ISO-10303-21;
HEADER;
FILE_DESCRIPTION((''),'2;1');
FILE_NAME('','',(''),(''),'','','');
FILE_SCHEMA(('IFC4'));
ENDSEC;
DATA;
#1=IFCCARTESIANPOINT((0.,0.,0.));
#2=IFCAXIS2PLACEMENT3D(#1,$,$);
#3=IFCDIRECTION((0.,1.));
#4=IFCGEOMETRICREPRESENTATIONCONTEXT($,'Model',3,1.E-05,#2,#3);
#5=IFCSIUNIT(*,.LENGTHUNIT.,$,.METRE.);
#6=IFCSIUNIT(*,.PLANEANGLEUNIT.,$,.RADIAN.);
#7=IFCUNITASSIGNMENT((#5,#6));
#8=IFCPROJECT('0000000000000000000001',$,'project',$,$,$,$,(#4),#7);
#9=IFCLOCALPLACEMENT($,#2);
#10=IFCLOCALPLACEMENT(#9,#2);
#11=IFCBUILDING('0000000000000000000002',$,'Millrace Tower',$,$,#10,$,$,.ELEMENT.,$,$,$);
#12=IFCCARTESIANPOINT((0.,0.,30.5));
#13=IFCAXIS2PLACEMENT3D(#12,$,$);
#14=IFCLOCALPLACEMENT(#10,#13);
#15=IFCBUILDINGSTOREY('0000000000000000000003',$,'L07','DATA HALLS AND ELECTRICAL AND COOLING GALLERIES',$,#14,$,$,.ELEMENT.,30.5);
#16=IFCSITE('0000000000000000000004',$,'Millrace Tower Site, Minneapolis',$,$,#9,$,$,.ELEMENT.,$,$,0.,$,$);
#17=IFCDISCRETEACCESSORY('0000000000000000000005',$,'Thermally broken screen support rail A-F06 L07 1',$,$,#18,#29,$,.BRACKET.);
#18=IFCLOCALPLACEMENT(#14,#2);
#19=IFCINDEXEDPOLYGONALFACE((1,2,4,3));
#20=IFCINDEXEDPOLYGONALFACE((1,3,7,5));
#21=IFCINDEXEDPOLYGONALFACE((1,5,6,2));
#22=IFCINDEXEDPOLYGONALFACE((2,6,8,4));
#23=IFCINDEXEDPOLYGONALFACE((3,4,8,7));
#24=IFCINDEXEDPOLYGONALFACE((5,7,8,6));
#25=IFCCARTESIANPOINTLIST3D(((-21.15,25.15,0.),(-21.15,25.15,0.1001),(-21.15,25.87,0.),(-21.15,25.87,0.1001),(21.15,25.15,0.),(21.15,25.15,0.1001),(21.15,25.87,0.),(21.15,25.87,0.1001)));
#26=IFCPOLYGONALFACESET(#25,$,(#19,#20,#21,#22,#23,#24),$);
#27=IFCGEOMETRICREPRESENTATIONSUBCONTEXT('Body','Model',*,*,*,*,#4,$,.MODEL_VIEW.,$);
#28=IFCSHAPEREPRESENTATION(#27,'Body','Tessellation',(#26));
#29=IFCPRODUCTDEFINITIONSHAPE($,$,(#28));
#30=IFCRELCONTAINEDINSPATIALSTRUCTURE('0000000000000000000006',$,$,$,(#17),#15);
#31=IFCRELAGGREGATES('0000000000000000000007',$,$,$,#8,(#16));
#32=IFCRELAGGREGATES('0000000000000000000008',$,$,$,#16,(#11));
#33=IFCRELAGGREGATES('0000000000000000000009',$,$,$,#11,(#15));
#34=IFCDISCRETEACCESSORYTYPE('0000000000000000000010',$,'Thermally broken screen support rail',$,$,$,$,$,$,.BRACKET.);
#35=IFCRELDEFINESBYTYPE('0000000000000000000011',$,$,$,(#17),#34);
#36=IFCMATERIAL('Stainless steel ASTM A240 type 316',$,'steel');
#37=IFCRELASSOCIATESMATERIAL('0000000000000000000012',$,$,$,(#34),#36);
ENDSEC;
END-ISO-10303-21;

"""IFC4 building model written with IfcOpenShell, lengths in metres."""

from ifc_helpers import new_model, si_unit, direction, frame, origin, origin_2d, place, context, subcontext, project, spatial, rectangle, extrude, material, type_object, element, save


model = new_model("IFC4")

# Units and contexts
model_context = context("Model", 3, precision=1e-05, world=origin(), true_north=direction((0.0, 1.0)))
body_context = subcontext(model_context, "Body", "Model", "MODEL_VIEW")
ifc_project = project(units=[si_unit("LENGTHUNIT", "METRE"), si_unit("PLANEANGLEUNIT", "RADIAN")], contexts=[model_context])

# Site, building, storey
site_placement = place(None, origin())
site = spatial("IfcSite", under=ifc_project, at=site_placement, Name="Millrace Tower Site, Minneapolis", CompositionType="ELEMENT", RefElevation=0.0)
building_placement = place(site_placement, origin())
building = spatial("IfcBuilding", under=site, at=building_placement, Name="Millrace Tower", CompositionType="ELEMENT")
storey_placement = place(building_placement, frame((0.0, 0.0, 30.5)))
storey = spatial("IfcBuildingStorey", under=building, at=storey_placement, Name="L07", Description="DATA HALLS AND ELECTRICAL AND COOLING GALLERIES", CompositionType="ELEMENT", Elevation=30.5)

# Discrete accessory
ifc_material_1 = material(Name="Stainless steel ASTM A240 type 316", Category="steel")
discrete_accessory_type = type_object("IfcDiscreteAccessoryType", Name="Thermally broken screen support rail", PredefinedType="BRACKET", material=ifc_material_1)
discrete_accessory_placement = place(storey_placement, frame((0.0, 25.51, 0.0), z_axis=(0.0, 0.0, 1.0), x_axis=(-1.0, 0.0, 0.0)))
element("IfcDiscreteAccessory", 1, at=discrete_accessory_placement, inside=storey, type_object=discrete_accessory_type, Name="Thermally broken screen support rail A-F06 L07 1", PredefinedType="BRACKET", context=body_context, shape_type="SweptSolid", body=[
    extrude(rectangle(XDim=42.3, YDim=0.72, at=origin_2d()), origin(), (0.0, 0.0, 1.0), 0.1001),
])

save(model, "model.ifc")
